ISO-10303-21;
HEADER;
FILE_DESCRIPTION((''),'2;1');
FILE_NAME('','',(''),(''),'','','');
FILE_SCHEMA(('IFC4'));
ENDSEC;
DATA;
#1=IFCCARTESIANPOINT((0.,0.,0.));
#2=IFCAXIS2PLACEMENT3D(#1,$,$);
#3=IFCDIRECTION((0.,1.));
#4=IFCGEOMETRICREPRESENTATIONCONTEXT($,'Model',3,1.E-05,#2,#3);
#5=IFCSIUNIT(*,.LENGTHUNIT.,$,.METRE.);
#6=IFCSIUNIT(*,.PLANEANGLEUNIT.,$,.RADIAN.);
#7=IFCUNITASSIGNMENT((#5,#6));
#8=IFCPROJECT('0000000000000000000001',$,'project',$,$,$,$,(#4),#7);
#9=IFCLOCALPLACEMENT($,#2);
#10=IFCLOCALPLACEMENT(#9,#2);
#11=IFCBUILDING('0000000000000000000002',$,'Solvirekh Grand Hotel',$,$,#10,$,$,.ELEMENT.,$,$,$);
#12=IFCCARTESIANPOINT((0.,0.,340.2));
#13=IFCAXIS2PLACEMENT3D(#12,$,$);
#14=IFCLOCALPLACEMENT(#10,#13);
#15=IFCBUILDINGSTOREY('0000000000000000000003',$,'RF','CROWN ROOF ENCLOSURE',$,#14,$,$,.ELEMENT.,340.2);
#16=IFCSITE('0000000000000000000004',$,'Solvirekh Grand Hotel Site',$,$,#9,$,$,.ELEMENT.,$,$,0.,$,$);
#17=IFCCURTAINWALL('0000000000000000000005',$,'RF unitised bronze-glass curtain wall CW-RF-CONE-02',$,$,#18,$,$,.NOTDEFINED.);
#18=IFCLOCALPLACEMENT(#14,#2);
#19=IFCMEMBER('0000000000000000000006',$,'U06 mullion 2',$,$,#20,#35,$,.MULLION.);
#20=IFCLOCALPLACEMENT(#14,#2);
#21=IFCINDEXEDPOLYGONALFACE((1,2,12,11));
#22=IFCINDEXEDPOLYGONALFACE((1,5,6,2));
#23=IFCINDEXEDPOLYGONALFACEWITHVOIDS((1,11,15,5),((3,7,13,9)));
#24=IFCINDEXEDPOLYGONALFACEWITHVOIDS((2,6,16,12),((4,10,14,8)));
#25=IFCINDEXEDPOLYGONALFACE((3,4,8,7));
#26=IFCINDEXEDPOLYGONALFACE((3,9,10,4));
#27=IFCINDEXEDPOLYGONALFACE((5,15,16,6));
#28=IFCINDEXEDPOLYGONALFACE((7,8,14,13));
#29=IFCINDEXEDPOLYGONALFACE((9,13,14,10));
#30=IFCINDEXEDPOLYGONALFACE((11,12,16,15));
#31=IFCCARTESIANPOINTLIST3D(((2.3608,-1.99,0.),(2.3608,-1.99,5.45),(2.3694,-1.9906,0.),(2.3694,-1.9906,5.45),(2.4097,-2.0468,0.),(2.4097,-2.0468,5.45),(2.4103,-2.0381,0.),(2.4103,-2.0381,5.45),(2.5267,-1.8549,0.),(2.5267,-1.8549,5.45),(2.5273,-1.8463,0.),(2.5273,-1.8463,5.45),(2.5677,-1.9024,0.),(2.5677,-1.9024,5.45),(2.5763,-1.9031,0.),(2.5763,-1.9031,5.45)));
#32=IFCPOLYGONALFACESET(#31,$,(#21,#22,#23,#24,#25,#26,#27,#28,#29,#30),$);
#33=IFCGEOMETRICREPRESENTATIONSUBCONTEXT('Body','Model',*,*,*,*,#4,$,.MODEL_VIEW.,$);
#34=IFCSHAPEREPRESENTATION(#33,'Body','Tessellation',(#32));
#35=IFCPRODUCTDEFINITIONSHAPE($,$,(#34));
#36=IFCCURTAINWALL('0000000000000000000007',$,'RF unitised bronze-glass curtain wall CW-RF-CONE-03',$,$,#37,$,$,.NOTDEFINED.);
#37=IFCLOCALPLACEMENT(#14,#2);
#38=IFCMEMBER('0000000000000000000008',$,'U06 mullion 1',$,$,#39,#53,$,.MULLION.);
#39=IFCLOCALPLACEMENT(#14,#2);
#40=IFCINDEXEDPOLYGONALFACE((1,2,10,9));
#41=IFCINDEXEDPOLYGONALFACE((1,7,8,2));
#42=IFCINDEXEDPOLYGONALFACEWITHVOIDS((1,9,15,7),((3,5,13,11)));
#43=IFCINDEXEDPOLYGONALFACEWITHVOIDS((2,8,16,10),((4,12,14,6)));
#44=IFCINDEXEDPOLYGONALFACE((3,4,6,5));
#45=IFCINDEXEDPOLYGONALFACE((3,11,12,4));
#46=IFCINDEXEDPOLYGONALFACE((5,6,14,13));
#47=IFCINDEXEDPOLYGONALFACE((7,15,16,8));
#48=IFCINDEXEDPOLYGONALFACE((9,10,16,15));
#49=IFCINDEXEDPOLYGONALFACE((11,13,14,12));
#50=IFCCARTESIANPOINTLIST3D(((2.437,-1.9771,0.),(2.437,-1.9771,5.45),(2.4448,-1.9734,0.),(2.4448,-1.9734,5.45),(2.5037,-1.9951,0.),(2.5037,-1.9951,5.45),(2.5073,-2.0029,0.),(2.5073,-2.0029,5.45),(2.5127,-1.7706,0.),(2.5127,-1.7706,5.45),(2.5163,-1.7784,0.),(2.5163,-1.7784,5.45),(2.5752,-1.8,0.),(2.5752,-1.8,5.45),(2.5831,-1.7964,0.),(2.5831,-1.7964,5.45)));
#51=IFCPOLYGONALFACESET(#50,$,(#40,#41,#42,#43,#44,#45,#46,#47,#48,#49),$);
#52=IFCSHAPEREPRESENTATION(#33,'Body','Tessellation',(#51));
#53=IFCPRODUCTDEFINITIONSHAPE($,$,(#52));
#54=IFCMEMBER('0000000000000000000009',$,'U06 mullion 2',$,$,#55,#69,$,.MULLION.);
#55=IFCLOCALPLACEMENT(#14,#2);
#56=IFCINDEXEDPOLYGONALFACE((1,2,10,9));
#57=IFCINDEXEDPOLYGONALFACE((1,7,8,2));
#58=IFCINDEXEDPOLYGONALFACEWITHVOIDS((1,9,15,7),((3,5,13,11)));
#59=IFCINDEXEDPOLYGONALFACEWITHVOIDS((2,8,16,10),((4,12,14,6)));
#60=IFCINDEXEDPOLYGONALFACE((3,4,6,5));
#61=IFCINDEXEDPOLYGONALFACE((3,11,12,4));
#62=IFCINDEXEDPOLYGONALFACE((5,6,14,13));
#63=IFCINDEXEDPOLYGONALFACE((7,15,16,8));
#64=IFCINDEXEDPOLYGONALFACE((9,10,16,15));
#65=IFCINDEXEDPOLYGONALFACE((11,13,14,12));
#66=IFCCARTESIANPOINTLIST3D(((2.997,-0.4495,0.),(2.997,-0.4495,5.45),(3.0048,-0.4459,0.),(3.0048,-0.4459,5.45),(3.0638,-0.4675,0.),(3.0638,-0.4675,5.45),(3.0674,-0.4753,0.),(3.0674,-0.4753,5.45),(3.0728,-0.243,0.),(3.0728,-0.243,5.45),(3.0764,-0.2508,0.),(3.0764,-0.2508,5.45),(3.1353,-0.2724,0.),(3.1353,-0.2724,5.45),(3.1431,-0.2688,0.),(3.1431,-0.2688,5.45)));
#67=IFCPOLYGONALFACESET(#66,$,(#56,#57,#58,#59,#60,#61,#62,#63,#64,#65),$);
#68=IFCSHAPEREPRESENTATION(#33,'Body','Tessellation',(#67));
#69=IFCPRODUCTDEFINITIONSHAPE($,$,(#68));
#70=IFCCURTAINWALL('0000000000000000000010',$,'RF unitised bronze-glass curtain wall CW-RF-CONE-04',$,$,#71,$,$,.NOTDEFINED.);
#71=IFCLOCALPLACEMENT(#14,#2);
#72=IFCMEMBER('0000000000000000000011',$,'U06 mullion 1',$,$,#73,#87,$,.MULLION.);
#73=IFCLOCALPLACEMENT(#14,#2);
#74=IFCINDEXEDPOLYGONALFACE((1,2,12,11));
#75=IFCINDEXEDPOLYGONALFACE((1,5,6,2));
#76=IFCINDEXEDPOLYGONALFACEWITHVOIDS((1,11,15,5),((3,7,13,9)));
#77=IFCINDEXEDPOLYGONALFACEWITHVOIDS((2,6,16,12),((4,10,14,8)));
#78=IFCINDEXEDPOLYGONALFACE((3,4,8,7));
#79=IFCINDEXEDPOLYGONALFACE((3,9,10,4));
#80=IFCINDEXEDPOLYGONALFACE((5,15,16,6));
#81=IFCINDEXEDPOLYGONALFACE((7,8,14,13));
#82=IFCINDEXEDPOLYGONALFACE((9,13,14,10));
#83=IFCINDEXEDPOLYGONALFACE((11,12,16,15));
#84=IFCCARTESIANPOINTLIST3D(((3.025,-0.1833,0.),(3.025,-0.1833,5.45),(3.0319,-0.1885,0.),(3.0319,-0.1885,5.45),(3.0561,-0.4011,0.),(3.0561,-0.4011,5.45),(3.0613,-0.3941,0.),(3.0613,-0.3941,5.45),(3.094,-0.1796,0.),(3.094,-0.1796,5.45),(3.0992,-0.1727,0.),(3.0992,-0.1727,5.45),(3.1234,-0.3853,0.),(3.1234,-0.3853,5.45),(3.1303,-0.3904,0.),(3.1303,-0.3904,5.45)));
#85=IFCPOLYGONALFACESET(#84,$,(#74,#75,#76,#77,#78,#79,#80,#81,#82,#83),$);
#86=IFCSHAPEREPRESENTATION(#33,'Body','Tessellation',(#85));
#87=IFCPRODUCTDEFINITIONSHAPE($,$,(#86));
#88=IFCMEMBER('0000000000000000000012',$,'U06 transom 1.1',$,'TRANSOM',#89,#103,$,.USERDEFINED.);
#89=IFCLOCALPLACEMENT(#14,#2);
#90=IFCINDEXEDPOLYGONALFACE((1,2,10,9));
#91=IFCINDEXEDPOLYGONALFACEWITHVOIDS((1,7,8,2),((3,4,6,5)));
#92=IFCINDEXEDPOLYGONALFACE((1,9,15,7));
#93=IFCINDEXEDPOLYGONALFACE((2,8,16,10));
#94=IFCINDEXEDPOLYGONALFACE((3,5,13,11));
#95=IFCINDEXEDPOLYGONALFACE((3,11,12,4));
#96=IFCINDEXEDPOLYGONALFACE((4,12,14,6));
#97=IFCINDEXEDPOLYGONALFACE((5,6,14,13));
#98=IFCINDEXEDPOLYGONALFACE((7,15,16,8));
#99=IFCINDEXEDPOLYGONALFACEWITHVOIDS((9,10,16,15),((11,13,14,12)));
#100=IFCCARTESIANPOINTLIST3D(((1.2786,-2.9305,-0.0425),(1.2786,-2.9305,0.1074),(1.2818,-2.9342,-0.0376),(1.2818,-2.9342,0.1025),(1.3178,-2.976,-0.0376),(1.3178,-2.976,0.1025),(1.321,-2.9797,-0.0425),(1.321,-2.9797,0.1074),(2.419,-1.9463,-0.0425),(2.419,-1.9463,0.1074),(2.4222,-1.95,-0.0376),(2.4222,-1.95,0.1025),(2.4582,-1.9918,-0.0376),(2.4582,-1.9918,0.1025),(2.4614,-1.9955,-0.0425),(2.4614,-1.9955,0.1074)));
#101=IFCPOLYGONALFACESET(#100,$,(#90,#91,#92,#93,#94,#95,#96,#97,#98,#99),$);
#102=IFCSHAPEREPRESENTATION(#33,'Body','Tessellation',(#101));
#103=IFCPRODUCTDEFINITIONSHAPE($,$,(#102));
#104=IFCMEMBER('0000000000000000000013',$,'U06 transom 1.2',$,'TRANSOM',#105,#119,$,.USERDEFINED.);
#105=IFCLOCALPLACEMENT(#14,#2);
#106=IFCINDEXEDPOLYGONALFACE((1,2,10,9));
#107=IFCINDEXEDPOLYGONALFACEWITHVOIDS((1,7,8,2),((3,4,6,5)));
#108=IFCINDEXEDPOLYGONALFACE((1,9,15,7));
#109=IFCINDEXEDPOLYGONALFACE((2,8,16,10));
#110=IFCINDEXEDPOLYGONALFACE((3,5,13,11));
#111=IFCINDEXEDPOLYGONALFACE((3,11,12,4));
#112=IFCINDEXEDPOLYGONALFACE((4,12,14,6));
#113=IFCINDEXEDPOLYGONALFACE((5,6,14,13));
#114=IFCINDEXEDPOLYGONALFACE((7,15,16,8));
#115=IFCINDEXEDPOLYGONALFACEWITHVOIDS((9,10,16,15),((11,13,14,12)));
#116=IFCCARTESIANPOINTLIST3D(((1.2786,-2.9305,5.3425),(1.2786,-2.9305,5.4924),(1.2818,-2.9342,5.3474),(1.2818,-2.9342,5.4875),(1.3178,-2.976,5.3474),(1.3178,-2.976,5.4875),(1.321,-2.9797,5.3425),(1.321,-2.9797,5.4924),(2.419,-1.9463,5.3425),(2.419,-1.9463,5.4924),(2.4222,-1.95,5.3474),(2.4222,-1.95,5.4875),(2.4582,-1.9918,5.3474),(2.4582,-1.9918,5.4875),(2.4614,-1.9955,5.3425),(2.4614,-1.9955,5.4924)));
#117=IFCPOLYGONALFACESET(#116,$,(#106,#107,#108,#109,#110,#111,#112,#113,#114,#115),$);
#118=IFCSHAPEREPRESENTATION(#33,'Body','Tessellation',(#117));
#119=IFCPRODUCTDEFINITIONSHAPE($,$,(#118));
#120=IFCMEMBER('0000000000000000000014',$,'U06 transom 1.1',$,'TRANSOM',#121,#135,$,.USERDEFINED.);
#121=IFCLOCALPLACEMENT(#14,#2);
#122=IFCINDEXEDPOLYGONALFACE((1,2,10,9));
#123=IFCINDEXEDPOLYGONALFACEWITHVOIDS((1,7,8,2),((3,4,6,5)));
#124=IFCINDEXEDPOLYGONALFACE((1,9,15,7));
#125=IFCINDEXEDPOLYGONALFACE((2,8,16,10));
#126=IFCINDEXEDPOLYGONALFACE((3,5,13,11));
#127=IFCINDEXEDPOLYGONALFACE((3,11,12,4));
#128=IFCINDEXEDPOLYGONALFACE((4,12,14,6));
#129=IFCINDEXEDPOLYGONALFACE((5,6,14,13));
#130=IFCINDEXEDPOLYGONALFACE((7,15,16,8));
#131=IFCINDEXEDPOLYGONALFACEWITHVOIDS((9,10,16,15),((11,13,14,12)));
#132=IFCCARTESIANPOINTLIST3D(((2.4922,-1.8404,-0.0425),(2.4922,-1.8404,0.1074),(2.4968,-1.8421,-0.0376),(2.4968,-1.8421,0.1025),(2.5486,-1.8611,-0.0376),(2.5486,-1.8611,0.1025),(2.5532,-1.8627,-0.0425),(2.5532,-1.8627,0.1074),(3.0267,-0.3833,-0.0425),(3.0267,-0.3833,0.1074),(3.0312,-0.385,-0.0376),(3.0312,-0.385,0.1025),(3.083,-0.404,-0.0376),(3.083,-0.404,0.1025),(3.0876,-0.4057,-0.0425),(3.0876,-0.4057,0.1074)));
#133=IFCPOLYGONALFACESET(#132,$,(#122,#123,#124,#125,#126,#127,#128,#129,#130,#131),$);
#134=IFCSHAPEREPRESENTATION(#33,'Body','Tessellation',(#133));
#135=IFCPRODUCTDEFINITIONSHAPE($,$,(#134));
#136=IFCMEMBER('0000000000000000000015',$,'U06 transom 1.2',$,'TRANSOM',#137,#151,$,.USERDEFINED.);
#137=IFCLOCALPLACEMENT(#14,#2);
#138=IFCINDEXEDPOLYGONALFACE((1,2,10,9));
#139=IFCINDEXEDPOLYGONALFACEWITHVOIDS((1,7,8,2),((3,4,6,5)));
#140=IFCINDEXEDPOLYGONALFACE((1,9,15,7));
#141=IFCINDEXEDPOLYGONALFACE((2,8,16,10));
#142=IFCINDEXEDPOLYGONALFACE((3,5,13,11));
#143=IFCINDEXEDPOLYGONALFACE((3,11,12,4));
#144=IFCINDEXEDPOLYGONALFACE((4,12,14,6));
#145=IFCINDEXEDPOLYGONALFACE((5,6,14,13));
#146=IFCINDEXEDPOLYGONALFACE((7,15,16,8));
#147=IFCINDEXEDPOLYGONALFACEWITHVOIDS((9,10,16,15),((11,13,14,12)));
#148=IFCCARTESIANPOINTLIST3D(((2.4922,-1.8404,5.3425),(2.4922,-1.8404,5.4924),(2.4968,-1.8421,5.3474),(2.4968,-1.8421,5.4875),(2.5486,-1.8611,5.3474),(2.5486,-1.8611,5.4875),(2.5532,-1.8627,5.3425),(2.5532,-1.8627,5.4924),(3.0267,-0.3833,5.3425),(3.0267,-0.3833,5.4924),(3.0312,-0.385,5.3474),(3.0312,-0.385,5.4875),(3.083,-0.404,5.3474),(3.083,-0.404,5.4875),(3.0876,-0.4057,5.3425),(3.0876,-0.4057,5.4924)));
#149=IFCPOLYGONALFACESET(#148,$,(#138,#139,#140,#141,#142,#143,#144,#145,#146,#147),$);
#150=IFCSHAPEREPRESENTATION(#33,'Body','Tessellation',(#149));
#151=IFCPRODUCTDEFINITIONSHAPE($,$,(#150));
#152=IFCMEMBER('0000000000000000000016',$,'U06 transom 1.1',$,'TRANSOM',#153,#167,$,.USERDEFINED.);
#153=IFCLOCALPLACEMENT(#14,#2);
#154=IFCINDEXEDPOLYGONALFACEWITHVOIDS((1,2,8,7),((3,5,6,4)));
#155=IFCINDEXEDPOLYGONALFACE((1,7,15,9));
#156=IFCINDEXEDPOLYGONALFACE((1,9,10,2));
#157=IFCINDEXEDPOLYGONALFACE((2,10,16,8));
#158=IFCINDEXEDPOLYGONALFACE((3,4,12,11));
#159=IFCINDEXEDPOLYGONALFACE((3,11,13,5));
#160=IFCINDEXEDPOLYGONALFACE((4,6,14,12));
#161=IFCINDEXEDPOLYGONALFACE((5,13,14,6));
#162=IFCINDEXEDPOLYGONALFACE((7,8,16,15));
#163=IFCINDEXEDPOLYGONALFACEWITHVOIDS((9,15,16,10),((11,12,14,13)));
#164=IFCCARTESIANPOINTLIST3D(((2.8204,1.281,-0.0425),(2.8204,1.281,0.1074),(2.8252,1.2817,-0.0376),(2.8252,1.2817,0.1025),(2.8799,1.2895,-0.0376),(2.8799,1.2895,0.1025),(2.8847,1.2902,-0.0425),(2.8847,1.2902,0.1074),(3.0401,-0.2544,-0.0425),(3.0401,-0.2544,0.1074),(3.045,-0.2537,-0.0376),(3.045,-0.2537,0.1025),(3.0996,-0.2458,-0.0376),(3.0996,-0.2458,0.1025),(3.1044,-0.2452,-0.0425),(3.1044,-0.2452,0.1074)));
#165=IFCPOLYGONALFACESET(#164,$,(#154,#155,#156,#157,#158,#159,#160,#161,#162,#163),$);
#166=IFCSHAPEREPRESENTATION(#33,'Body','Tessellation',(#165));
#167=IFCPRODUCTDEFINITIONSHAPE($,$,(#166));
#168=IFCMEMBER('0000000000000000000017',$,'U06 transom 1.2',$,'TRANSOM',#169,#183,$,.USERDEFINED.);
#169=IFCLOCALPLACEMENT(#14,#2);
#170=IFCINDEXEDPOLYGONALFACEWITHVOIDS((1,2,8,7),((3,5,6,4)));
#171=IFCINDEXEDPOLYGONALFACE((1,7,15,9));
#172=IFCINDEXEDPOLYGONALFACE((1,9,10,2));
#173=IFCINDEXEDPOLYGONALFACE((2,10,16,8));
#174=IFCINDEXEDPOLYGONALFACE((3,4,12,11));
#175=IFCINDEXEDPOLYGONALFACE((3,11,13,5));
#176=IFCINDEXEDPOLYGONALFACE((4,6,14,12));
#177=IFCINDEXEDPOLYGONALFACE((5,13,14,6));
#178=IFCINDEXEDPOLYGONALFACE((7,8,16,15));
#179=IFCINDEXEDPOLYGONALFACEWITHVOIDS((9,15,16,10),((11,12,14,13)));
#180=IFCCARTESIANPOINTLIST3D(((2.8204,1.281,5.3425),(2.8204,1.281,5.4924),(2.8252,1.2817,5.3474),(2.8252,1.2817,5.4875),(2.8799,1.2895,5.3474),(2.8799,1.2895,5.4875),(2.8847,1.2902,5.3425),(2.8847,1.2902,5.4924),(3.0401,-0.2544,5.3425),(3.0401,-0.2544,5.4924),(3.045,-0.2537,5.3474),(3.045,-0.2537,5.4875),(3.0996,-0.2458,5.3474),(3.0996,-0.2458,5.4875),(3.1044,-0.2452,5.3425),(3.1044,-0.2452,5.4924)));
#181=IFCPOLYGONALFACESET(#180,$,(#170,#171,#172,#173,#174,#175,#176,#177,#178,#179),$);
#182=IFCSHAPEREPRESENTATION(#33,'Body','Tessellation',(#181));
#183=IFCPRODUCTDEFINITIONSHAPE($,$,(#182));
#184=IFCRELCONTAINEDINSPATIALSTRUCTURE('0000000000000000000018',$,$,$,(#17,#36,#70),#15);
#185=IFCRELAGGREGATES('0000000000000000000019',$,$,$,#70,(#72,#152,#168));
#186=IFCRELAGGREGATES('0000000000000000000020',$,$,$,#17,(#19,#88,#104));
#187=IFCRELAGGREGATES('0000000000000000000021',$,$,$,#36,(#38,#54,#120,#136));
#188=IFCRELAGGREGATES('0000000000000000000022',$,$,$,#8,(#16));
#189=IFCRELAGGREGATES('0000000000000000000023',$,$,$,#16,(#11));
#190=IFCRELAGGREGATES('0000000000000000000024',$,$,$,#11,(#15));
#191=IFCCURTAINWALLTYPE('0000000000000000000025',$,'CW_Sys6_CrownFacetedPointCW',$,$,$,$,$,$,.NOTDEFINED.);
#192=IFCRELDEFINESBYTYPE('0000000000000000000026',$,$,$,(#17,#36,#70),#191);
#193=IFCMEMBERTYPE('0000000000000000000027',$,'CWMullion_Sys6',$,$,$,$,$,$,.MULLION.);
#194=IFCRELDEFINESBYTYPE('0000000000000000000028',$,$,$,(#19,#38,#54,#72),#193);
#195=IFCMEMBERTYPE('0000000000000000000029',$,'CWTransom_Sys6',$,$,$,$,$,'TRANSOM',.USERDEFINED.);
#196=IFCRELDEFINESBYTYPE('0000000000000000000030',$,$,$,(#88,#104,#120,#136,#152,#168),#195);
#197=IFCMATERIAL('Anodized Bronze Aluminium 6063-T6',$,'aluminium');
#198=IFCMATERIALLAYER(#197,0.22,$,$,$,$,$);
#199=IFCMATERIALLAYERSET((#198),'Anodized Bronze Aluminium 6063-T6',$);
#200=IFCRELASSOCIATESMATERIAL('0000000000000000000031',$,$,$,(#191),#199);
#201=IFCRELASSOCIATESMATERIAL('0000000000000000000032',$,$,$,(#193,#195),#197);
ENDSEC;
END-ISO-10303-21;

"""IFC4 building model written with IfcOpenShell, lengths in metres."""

from ifc_helpers import new_model, si_unit, direction, frame, origin, origin_2d, place, context, subcontext, project, spatial, hollow_rectangle, extrude, source, transform, mapped, material, layer, layer_set, material_profile, profile_set, type_object, element, aggregate, save


model = new_model("IFC4")

# Units and contexts
model_context = context("Model", 3, precision=1e-05, world=origin(), true_north=direction((0.0, 1.0)))
body_context = subcontext(model_context, "Body", "Model", "MODEL_VIEW")
ifc_project = project(units=[si_unit("LENGTHUNIT", "METRE"), si_unit("PLANEANGLEUNIT", "RADIAN")], contexts=[model_context])

# Site, building, storey
site_placement = place(None, origin())
site = spatial("IfcSite", under=ifc_project, at=site_placement, Name="Solvirekh Grand Hotel Site", CompositionType="ELEMENT", RefElevation=0.0)
building_placement = place(site_placement, origin())
building = spatial("IfcBuilding", under=site, at=building_placement, Name="Solvirekh Grand Hotel", CompositionType="ELEMENT")
storey_placement = place(building_placement, frame((0.0, 0.0, 340.2)))
storey = spatial("IfcBuildingStorey", under=building, at=storey_placement, Name="RF", Description="CROWN ROOF ENCLOSURE", CompositionType="ELEMENT", Elevation=340.2)

# Shared definitions
ifc_material_1 = material(Name="Anodized Bronze Aluminium 6063-T6", Category="aluminium")
ifc_layer_1 = layer(ifc_material_1, 0.22)
ifc_layer_set_1 = layer_set([ifc_layer_1], Name="Anodized Bronze Aluminium 6063-T6")
curtain_wall_type = type_object("IfcCurtainWallType", Name="CW_Sys6_CrownFacetedPointCW", PredefinedType="NOTDEFINED", material=ifc_layer_set_1)
ifc_material_profile_1 = material_profile(ifc_material_1, hollow_rectangle(XDim=0.075, YDim=0.22, WallThickness=0.0061, at=origin_2d()), Name="ALU RHS 220X75X6")
ifc_profile_set_1 = profile_set([ifc_material_profile_1], Name="Anodized Bronze Aluminium 6063-T6")
member_type_1 = type_object("IfcMemberType", Name="CWMullion_Sys6", PredefinedType="MULLION", material=ifc_profile_set_1)
shared_shape_1 = source(origin(), body_context, "Body", "SweptSolid", [
    extrude(hollow_rectangle(XDim=0.075, YDim=0.22, WallThickness=0.0061, at=origin_2d()), origin(), (0.0, 0.0, 1.0), 5.45),
])

# Curtain walls, members
curtain_wall_1_placement = place(storey_placement, origin())
curtain_wall_1 = element("IfcCurtainWall", 1, at=curtain_wall_1_placement, inside=storey, type_object=curtain_wall_type, Name="RF unitised bronze-glass curtain wall CW-RF-CONE-02", PredefinedType="NOTDEFINED")
member_1_placement = place(storey_placement, frame((2.4685, -1.9465, 0.0), z_axis=(0.0, 0.0, 1.0), x_axis=(-0.653274, 0.757122, 0.0)))
member_1 = element("IfcMember", 2, at=member_1_placement, type_object=member_type_1, Name="U06 mullion 2", PredefinedType="MULLION", context=body_context, shape_type="MappedRepresentation", body=[
    mapped(shared_shape_1, transform((0.0, 0.0, 0.0), x_axis=(1.0, 0.0, 0.0), y_axis=(0.0, 1.0, 0.0), z_axis=(0.0, 0.0, 1.0), scale=1.0)),
])
curtain_wall_2_placement = place(storey_placement, origin())
curtain_wall_2 = element("IfcCurtainWall", 3, at=curtain_wall_2_placement, inside=storey, type_object=curtain_wall_type, Name="RF unitised bronze-glass curtain wall CW-RF-CONE-03", PredefinedType="NOTDEFINED")
member_2_placement = place(storey_placement, frame((2.51, -1.8867, 0.0), z_axis=(0.0, 0.0, 1.0), x_axis=(-0.938864, 0.344289, 0.0)))
member_2 = element("IfcMember", 4, at=member_2_placement, type_object=member_type_1, Name="U06 mullion 1", PredefinedType="MULLION", context=body_context, shape_type="MappedRepresentation", body=[
    mapped(shared_shape_1, transform((0.0, 0.0, 0.0), x_axis=(1.0, 0.0, 0.0), y_axis=(0.0, 1.0, 0.0), z_axis=(0.0, 0.0, 1.0), scale=1.0)),
])
member_3_placement = place(storey_placement, frame((3.0701, -0.3591, 0.0), z_axis=(0.0, 0.0, 1.0), x_axis=(-0.938864, 0.344289, 0.0)))
member_3 = element("IfcMember", 5, at=member_3_placement, type_object=member_type_1, Name="U06 mullion 2", PredefinedType="MULLION", context=body_context, shape_type="MappedRepresentation", body=[
    mapped(shared_shape_1, transform((0.0, 0.0, 0.0), x_axis=(1.0, 0.0, 0.0), y_axis=(0.0, 1.0, 0.0), z_axis=(0.0, 0.0, 1.0), scale=1.0)),
])

# Curtain wall, member
curtain_wall_3_placement = place(storey_placement, origin())
curtain_wall_3 = element("IfcCurtainWall", 6, at=curtain_wall_3_placement, inside=storey, type_object=curtain_wall_type, Name="RF unitised bronze-glass curtain wall CW-RF-CONE-04", PredefinedType="NOTDEFINED")
member_4_placement = place(storey_placement, frame((3.0776, -0.2869, 0.0), z_axis=(0.0, 0.0, 1.0), x_axis=(-0.989914, -0.141668, 0.0)))
member_4 = element("IfcMember", 7, at=member_4_placement, type_object=member_type_1, Name="U06 mullion 1", PredefinedType="MULLION", context=body_context, shape_type="MappedRepresentation", body=[
    mapped(shared_shape_1, transform((0.0, 0.0, 0.0), x_axis=(1.0, 0.0, 0.0), y_axis=(0.0, 1.0, 0.0), z_axis=(0.0, 0.0, 1.0), scale=1.0)),
])

# Members
ifc_material_profile_2 = material_profile(ifc_material_1, hollow_rectangle(XDim=0.0649, YDim=0.1499, WallThickness=0.0049, at=origin_2d()), Name="ALU RHS 150X65X5")
ifc_profile_set_2 = profile_set([ifc_material_profile_2], Name="Anodized Bronze Aluminium 6063-T6")
member_type_2 = type_object("IfcMemberType", Name="CWTransom_Sys6", ElementType="TRANSOM", PredefinedType="USERDEFINED", material=ifc_profile_set_2)
shared_shape_2 = source(origin(), body_context, "Body", "SweptSolid", [
    extrude(hollow_rectangle(XDim=0.0649, YDim=0.1499, WallThickness=0.0049, at=origin_2d()), origin(), (0.0, 0.0, 1.0), 1.5063),
])
member_5_placement = place(storey_placement, frame((1.2998, -2.9551, 0.0325), z_axis=(0.757067, 0.653337, 0.0), x_axis=(-0.653337, 0.757067, 0.0)))
member_5 = element("IfcMember", 8, at=member_5_placement, type_object=member_type_2, Name="U06 transom 1.1", ObjectType="TRANSOM", PredefinedType="USERDEFINED", context=body_context, shape_type="MappedRepresentation", body=[
    mapped(shared_shape_2, transform((0.0, 0.0, 0.0), x_axis=(1.0, 0.0, 0.0), y_axis=(0.0, 1.0, 0.0), z_axis=(0.0, 0.0, 1.0), scale=1.0)),
])
member_6_placement = place(storey_placement, frame((1.2998, -2.9551, 5.4175), z_axis=(0.757067, 0.653337, 0.0), x_axis=(-0.653337, 0.757067, 0.0)))
member_6 = element("IfcMember", 9, at=member_6_placement, type_object=member_type_2, Name="U06 transom 1.2", ObjectType="TRANSOM", PredefinedType="USERDEFINED", context=body_context, shape_type="MappedRepresentation", body=[
    mapped(shared_shape_2, transform((0.0, 0.0, 0.0), x_axis=(1.0, 0.0, 0.0), y_axis=(0.0, 1.0, 0.0), z_axis=(0.0, 0.0, 1.0), scale=1.0)),
])
shared_shape_3 = source(origin(), body_context, "Body", "SweptSolid", [
    extrude(hollow_rectangle(XDim=0.0649, YDim=0.1499, WallThickness=0.0049, at=origin_2d()), origin(), (0.0, 0.0, 1.0), 1.552),
])
member_7_placement = place(storey_placement, frame((2.5227, -1.8516, 0.0325), z_axis=(0.344356, 0.938839, 0.0), x_axis=(-0.938839, 0.344356, 0.0)))
member_7 = element("IfcMember", 10, at=member_7_placement, type_object=member_type_2, Name="U06 transom 1.1", ObjectType="TRANSOM", PredefinedType="USERDEFINED", context=body_context, shape_type="MappedRepresentation", body=[
    mapped(shared_shape_3, transform((0.0, 0.0, 0.0), x_axis=(1.0, 0.0, 0.0), y_axis=(0.0, 1.0, 0.0), z_axis=(0.0, 0.0, 1.0), scale=1.0)),
])
member_8_placement = place(storey_placement, frame((2.5227, -1.8516, 5.4175), z_axis=(0.344356, 0.938839, 0.0), x_axis=(-0.938839, 0.344356, 0.0)))
member_8 = element("IfcMember", 11, at=member_8_placement, type_object=member_type_2, Name="U06 transom 1.2", ObjectType="TRANSOM", PredefinedType="USERDEFINED", context=body_context, shape_type="MappedRepresentation", body=[
    mapped(shared_shape_3, transform((0.0, 0.0, 0.0), x_axis=(1.0, 0.0, 0.0), y_axis=(0.0, 1.0, 0.0), z_axis=(0.0, 0.0, 1.0), scale=1.0)),
])
shared_shape_4 = source(origin(), body_context, "Body", "SweptSolid", [
    extrude(hollow_rectangle(XDim=0.0649, YDim=0.1499, WallThickness=0.0049, at=origin_2d()), origin(), (0.0, 0.0, 1.0), 1.551),
])
member_9_placement = place(storey_placement, frame((3.0723, -0.2498, 0.0325), z_axis=(-0.141664, 0.989915, 0.0), x_axis=(-0.989915, -0.141664, 0.0)))
member_9 = element("IfcMember", 12, at=member_9_placement, type_object=member_type_2, Name="U06 transom 1.1", ObjectType="TRANSOM", PredefinedType="USERDEFINED", context=body_context, shape_type="MappedRepresentation", body=[
    mapped(shared_shape_4, transform((0.0, 0.0, 0.0), x_axis=(1.0, 0.0, 0.0), y_axis=(0.0, 1.0, 0.0), z_axis=(0.0, 0.0, 1.0), scale=1.0)),
])
member_10_placement = place(storey_placement, frame((3.0723, -0.2498, 5.4175), z_axis=(-0.141664, 0.989915, 0.0), x_axis=(-0.989915, -0.141664, 0.0)))
member_10 = element("IfcMember", 13, at=member_10_placement, type_object=member_type_2, Name="U06 transom 1.2", ObjectType="TRANSOM", PredefinedType="USERDEFINED", context=body_context, shape_type="MappedRepresentation", body=[
    mapped(shared_shape_4, transform((0.0, 0.0, 0.0), x_axis=(1.0, 0.0, 0.0), y_axis=(0.0, 1.0, 0.0), z_axis=(0.0, 0.0, 1.0), scale=1.0)),
])
aggregate(curtain_wall_3, [member_4, member_9, member_10])

aggregate(curtain_wall_1, [member_1, member_5, member_6])
aggregate(curtain_wall_2, [member_2, member_3, member_7, member_8])

save(model, "model.ifc")
